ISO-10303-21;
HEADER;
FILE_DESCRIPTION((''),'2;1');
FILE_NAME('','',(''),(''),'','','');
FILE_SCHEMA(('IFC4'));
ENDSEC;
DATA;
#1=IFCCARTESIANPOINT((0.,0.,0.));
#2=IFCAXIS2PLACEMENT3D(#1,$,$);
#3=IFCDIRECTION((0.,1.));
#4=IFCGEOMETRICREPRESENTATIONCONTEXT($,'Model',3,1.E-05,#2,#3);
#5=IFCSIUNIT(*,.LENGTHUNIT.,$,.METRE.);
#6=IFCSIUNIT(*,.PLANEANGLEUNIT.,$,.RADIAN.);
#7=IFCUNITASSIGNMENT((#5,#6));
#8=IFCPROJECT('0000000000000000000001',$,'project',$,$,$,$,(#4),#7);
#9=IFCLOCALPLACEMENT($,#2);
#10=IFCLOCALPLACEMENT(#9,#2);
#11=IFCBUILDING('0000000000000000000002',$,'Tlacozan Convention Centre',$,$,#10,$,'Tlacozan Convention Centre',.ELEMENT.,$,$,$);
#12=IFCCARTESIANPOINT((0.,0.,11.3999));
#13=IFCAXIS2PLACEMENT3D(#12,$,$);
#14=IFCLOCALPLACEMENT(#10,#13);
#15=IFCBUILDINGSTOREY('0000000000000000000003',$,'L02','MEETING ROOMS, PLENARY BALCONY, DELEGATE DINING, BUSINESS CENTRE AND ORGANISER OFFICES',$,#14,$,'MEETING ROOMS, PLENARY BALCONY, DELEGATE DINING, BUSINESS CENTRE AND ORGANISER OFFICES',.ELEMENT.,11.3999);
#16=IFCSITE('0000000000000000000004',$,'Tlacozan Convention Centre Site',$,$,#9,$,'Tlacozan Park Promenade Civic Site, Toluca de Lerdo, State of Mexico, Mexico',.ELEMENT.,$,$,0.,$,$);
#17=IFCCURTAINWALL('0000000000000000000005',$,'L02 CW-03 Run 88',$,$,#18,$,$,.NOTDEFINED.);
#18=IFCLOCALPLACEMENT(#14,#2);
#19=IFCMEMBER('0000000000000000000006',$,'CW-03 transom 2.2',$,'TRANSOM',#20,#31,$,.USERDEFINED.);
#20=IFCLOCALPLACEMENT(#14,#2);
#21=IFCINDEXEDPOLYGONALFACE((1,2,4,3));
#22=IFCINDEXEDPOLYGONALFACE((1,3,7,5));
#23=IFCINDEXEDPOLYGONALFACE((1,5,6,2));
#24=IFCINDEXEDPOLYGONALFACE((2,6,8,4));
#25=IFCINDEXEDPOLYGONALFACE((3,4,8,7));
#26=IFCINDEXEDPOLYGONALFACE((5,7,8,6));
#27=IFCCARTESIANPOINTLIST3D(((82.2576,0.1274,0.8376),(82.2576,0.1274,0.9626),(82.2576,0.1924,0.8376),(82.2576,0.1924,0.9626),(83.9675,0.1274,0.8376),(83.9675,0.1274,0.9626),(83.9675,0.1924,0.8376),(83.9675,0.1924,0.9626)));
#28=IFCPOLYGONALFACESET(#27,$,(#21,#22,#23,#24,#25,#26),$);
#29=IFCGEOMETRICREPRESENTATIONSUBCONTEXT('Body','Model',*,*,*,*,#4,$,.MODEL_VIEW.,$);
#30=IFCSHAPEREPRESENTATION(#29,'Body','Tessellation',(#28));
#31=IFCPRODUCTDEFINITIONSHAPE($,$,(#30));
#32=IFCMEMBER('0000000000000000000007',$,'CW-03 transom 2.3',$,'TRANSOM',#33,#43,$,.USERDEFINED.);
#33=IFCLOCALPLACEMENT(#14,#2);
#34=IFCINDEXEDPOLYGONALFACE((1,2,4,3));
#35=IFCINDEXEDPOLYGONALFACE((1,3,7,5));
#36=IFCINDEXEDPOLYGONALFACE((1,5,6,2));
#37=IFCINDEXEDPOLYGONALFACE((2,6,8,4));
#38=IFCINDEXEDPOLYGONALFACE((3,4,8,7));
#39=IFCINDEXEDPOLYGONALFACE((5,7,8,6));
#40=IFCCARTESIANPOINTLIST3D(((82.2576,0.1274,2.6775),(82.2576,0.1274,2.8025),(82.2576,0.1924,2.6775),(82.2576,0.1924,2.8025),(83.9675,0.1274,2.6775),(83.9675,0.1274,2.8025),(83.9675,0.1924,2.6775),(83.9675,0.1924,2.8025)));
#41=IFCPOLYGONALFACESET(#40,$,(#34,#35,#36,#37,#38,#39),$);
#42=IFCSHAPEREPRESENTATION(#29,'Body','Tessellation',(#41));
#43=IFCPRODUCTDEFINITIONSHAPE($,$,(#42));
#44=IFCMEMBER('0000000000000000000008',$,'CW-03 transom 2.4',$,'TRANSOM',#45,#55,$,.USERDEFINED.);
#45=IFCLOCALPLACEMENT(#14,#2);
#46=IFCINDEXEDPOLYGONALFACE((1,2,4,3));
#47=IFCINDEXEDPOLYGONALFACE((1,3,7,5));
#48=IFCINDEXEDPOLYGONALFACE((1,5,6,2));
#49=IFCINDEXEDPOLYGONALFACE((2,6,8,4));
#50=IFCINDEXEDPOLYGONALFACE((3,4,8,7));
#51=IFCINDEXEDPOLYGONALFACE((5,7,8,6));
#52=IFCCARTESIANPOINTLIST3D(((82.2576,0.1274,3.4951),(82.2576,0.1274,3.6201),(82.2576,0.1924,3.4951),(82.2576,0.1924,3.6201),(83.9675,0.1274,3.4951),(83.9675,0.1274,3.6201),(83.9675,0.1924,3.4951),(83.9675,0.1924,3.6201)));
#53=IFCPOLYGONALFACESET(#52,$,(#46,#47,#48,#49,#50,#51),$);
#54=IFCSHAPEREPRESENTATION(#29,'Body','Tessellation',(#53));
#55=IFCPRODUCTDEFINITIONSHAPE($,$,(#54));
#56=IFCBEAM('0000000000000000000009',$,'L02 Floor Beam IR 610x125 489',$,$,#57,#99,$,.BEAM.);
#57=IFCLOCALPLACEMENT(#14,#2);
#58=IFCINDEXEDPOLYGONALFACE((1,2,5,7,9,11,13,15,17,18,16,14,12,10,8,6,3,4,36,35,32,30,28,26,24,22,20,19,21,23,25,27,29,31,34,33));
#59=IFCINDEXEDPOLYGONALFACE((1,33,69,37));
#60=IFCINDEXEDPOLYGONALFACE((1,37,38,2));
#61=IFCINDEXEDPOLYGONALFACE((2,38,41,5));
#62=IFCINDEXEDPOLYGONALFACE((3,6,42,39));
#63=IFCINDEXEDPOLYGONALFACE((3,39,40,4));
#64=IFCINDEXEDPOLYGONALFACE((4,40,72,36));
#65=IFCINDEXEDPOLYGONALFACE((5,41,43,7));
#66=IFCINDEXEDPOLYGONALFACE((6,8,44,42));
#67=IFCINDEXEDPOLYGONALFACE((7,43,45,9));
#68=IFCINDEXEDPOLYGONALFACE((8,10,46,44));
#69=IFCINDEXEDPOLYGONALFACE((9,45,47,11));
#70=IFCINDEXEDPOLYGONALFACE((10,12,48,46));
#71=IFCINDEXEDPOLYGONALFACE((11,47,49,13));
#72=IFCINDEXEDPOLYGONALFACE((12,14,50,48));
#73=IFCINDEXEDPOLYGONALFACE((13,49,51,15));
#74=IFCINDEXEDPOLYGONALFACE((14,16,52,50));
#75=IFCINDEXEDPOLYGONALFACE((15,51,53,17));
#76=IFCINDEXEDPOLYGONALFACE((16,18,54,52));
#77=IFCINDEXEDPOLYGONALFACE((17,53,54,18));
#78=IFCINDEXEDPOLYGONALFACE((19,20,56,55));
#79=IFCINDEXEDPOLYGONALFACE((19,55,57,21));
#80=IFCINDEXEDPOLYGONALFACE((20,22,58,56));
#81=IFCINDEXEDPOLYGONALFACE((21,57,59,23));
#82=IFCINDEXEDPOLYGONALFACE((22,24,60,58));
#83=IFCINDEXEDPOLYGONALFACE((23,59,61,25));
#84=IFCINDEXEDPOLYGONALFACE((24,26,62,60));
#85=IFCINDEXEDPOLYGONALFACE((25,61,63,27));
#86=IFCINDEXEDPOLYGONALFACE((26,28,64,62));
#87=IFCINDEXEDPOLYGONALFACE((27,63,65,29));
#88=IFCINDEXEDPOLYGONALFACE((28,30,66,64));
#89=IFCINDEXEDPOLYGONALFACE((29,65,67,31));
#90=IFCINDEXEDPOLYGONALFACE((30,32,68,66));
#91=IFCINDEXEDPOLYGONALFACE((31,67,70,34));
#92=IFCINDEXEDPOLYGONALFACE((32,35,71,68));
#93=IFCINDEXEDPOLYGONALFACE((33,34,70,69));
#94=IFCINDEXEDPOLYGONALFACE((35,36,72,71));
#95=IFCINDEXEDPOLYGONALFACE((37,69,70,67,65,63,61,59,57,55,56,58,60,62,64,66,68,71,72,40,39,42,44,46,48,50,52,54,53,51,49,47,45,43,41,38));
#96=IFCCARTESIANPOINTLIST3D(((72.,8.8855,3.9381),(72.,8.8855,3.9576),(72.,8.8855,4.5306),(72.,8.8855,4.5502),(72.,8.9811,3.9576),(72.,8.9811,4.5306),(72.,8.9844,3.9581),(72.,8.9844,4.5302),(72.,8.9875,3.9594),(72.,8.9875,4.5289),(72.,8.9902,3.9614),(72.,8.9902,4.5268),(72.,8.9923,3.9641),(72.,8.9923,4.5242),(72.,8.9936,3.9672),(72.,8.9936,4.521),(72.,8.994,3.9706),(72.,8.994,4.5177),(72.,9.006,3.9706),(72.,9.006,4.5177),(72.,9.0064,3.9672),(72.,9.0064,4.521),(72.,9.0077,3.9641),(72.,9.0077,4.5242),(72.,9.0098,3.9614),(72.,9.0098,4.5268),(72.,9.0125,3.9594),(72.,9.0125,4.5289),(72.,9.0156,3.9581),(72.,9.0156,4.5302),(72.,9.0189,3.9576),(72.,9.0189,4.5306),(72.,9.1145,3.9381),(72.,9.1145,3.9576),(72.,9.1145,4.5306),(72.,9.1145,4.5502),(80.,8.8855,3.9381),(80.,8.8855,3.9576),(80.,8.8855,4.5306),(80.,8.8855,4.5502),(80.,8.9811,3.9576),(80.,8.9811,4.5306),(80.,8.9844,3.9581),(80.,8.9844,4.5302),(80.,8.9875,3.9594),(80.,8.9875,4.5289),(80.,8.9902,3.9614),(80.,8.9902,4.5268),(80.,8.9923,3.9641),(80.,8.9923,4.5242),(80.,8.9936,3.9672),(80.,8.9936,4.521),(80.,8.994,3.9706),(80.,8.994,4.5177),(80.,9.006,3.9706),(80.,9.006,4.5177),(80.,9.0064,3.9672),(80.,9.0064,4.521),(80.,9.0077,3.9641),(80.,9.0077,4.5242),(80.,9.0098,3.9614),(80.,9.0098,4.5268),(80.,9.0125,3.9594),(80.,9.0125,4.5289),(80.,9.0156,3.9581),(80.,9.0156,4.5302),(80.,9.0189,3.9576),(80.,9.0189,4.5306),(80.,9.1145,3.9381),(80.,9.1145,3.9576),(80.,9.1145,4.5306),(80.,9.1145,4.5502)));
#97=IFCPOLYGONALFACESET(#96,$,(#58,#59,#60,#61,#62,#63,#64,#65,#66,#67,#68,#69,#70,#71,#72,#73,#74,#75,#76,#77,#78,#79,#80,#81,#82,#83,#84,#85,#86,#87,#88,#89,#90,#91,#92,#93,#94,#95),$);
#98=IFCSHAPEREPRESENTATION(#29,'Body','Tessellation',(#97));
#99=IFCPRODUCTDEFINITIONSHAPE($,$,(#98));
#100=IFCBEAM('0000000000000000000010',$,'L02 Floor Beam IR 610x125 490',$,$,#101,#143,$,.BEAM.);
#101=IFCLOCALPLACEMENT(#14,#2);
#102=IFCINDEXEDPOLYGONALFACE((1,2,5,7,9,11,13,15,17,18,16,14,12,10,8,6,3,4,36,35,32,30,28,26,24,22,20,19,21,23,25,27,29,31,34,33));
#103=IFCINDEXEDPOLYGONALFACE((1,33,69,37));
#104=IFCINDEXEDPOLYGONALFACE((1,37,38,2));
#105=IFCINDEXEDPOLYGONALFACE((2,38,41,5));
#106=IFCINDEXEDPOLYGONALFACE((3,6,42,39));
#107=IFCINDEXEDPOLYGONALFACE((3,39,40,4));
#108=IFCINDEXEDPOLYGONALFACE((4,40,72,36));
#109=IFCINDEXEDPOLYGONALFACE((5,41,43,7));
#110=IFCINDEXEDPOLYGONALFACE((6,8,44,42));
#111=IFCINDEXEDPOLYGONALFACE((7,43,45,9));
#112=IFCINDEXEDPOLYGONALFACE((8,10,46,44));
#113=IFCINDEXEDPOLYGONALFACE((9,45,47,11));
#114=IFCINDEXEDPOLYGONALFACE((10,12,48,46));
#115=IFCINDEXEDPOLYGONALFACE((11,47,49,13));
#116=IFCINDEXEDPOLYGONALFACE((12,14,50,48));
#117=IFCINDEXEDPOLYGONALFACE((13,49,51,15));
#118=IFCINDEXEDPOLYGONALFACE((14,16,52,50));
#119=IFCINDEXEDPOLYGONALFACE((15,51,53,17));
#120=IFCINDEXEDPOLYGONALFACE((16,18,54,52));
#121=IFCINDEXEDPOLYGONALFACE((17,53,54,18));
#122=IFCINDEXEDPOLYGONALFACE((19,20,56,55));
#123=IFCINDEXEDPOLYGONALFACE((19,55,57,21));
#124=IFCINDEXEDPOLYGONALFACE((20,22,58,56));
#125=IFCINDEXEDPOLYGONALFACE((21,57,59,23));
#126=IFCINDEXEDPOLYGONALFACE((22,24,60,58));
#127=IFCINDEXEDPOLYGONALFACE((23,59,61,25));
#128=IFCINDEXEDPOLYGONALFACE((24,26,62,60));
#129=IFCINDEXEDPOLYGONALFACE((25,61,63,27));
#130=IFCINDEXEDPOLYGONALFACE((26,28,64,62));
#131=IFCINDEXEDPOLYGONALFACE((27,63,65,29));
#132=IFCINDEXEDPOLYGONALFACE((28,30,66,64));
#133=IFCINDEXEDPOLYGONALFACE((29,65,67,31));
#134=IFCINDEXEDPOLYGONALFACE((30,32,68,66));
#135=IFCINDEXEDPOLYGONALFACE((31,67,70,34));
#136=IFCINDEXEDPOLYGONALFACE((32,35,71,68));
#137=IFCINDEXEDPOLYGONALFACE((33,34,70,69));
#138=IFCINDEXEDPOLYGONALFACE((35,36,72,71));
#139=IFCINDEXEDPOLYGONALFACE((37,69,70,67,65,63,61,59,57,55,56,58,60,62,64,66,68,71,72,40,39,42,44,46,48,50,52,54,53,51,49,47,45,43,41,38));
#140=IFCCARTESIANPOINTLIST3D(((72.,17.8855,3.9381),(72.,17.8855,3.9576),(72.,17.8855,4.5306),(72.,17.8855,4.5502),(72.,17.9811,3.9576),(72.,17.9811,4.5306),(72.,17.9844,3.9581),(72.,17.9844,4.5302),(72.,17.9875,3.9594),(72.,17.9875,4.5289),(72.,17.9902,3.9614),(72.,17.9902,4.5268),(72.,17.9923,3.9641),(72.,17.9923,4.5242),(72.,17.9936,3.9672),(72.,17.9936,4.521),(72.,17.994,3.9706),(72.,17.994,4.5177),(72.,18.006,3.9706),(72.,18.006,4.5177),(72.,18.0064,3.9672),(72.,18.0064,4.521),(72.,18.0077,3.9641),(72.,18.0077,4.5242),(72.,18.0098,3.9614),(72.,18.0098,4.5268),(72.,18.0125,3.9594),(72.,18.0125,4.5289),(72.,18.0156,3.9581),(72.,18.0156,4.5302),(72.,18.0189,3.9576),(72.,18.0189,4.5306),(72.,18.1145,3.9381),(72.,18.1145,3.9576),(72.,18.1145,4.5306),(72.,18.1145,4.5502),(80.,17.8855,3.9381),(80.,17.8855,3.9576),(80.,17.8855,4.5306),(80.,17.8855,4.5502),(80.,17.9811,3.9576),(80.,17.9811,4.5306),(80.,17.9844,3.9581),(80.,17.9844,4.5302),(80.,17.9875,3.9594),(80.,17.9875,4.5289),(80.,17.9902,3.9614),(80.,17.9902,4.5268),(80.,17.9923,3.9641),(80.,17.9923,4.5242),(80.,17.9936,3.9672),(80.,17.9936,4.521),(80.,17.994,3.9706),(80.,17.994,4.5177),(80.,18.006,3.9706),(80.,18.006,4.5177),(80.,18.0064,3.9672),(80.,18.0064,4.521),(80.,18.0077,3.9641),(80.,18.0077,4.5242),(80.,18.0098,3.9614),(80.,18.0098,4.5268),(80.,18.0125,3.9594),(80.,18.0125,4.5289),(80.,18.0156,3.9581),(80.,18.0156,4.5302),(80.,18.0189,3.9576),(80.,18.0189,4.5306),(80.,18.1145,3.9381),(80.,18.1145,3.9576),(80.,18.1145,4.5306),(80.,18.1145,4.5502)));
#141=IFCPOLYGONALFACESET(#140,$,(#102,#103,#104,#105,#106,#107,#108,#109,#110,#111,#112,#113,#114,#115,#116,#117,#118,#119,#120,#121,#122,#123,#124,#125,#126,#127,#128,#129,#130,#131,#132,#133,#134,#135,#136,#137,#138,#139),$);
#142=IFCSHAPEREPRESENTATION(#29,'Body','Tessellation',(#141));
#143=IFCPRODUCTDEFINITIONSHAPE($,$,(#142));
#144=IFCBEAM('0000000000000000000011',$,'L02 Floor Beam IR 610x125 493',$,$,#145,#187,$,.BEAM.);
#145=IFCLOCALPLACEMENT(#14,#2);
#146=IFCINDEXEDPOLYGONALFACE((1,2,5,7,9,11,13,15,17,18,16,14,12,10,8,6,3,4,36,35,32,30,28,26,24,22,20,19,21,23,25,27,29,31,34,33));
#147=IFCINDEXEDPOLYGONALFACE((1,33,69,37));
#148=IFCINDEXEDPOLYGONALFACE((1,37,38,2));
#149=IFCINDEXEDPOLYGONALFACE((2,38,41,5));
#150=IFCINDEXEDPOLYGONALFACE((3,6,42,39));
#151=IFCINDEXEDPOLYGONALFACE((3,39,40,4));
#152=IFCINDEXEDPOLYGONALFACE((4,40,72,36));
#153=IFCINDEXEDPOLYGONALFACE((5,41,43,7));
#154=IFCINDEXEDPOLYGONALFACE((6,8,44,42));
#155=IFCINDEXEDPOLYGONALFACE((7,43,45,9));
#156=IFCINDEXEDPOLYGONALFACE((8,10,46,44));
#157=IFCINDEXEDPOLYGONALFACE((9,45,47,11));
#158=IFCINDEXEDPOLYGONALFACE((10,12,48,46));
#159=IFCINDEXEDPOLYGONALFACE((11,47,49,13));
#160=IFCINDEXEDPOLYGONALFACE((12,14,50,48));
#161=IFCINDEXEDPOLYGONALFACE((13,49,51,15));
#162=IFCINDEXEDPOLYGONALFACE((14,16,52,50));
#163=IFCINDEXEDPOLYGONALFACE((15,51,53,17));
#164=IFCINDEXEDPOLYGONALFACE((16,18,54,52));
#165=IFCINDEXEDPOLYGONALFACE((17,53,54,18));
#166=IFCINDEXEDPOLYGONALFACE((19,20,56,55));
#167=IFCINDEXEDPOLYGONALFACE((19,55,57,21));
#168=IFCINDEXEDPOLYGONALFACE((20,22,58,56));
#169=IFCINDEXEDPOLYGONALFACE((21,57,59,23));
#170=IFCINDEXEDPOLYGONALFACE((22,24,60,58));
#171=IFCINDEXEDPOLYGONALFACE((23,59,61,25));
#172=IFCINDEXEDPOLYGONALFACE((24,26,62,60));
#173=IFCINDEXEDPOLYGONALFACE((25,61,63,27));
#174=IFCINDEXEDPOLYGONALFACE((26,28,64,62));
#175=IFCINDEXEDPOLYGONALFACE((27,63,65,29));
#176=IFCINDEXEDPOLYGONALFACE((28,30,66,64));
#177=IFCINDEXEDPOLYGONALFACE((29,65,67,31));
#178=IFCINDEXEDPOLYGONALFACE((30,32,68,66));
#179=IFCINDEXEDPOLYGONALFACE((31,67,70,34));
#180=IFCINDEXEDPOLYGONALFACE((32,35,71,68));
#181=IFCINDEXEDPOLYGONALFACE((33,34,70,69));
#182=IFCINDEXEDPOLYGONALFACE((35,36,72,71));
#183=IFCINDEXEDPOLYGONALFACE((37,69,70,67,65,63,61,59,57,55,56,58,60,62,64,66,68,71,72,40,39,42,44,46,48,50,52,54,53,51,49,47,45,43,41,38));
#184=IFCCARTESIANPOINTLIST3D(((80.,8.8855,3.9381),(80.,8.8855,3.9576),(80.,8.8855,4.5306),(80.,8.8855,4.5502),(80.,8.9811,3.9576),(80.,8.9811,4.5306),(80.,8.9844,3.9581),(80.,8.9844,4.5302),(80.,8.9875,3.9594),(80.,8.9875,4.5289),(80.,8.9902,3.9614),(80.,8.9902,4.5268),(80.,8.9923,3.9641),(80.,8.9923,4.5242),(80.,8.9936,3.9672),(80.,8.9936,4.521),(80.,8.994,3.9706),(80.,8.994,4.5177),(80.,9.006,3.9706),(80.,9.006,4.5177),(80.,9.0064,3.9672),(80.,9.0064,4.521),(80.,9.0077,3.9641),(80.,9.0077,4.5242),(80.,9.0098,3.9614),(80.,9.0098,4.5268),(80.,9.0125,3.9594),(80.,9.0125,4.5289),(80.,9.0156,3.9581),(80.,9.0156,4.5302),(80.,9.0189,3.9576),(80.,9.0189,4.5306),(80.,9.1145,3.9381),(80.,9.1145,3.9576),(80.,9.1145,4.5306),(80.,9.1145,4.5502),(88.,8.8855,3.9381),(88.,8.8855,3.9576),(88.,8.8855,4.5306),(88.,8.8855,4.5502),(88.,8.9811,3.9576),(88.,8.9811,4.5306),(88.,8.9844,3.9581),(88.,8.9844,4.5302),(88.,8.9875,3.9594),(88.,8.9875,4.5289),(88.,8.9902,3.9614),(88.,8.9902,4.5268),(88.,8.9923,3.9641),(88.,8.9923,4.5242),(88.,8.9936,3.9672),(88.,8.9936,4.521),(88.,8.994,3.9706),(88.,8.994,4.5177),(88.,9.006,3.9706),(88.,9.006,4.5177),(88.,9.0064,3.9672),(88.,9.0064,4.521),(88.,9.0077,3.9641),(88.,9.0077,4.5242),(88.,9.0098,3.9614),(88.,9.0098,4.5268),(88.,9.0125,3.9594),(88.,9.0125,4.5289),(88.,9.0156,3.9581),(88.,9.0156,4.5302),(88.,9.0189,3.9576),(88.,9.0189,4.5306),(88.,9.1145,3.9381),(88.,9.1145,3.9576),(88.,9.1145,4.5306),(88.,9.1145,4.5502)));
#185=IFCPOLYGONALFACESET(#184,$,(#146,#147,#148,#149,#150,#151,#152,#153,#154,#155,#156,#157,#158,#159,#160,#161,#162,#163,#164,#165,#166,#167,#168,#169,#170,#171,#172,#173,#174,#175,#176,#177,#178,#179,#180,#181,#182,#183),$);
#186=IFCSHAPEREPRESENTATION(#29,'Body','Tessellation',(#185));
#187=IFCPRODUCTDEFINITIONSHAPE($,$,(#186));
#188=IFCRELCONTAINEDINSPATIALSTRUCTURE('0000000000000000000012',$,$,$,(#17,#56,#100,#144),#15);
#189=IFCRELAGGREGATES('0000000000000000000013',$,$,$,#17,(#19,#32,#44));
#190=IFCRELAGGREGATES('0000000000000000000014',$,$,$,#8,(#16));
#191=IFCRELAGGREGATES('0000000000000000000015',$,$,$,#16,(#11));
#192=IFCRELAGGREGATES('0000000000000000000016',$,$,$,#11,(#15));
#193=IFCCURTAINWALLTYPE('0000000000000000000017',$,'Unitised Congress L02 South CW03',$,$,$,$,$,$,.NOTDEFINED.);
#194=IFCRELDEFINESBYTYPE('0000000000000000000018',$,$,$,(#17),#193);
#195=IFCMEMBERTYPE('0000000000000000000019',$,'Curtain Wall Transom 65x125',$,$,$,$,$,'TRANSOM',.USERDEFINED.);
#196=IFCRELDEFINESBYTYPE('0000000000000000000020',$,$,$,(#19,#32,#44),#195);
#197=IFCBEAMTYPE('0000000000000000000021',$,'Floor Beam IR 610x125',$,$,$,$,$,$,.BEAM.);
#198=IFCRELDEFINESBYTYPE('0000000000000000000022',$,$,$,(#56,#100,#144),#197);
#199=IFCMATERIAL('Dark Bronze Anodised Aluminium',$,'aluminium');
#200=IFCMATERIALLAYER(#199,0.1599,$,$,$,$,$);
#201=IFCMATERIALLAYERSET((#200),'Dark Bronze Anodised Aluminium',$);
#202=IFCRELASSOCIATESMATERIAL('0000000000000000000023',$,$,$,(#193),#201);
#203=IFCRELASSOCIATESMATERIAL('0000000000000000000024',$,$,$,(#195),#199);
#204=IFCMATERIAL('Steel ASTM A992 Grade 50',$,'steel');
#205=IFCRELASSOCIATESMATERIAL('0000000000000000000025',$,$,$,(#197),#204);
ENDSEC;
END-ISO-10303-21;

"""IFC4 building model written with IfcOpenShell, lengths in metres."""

from ifc_helpers import new_model, si_unit, direction, frame, origin, origin_2d, place, context, subcontext, project, spatial, rectangle, i_section, extrude, material, layer, layer_set, material_profile, profile_set, type_object, element, aggregate, save


model = new_model("IFC4")

# Units and contexts
model_context = context("Model", 3, precision=1e-05, world=origin(), true_north=direction((0.0, 1.0)))
body_context = subcontext(model_context, "Body", "Model", "MODEL_VIEW")
ifc_project = project(units=[si_unit("LENGTHUNIT", "METRE"), si_unit("PLANEANGLEUNIT", "RADIAN")], contexts=[model_context])

# Site, building, storey
site_placement = place(None, origin())
site = spatial("IfcSite", under=ifc_project, at=site_placement, Name="Tlacozan Convention Centre Site", LongName="Tlacozan Park Promenade Civic Site, Toluca de Lerdo, State of Mexico, Mexico", CompositionType="ELEMENT", RefElevation=0.0)
building_placement = place(site_placement, origin())
building = spatial("IfcBuilding", under=site, at=building_placement, Name="Tlacozan Convention Centre", LongName="Tlacozan Convention Centre", CompositionType="ELEMENT")
storey_placement = place(building_placement, frame((0.0, 0.0, 11.3999)))
storey = spatial("IfcBuildingStorey", under=building, at=storey_placement, Name="L02", Description="MEETING ROOMS, PLENARY BALCONY, DELEGATE DINING, BUSINESS CENTRE AND ORGANISER OFFICES", LongName="MEETING ROOMS, PLENARY BALCONY, DELEGATE DINING, BUSINESS CENTRE AND ORGANISER OFFICES", CompositionType="ELEMENT", Elevation=11.3999)

# Curtain wall, members
ifc_material_1 = material(Name="Dark Bronze Anodised Aluminium", Category="aluminium")
ifc_layer_1 = layer(ifc_material_1, 0.1599)
ifc_layer_set_1 = layer_set([ifc_layer_1], Name="Dark Bronze Anodised Aluminium")
curtain_wall_type = type_object("IfcCurtainWallType", Name="Unitised Congress L02 South CW03", PredefinedType="NOTDEFINED", material=ifc_layer_set_1)
curtain_wall_placement = place(storey_placement, origin())
curtain_wall = element("IfcCurtainWall", 1, at=curtain_wall_placement, inside=storey, type_object=curtain_wall_type, Name="L02 CW-03 Run 88", PredefinedType="NOTDEFINED")
ifc_material_profile_1 = material_profile(ifc_material_1, rectangle(XDim=0.0649, YDim=0.125, at=origin_2d()), Name="ALU 65x125")
ifc_profile_set_1 = profile_set([ifc_material_profile_1], Name="Dark Bronze Anodised Aluminium")
member_type_1 = type_object("IfcMemberType", Name="Curtain Wall Transom 65x125", ElementType="TRANSOM", PredefinedType="USERDEFINED", material=ifc_profile_set_1)
member_1_placement = place(storey_placement, frame((82.2576, 0.1599, 0.9001), z_axis=(1.0, 0.0, 0.0), x_axis=(0.0, 1.0, 0.0)))
member_1 = element("IfcMember", 2, at=member_1_placement, type_object=member_type_1, Name="CW-03 transom 2.2", ObjectType="TRANSOM", PredefinedType="USERDEFINED", context=body_context, shape_type="SweptSolid", body=[
    extrude(rectangle(XDim=0.0649, YDim=0.125, at=origin_2d()), origin(), (0.0, 0.0, 1.0), 1.71),
])
member_2_placement = place(storey_placement, frame((82.2576, 0.1599, 2.74), z_axis=(1.0, 0.0, 0.0), x_axis=(0.0, 1.0, 0.0)))
member_2 = element("IfcMember", 3, at=member_2_placement, type_object=member_type_1, Name="CW-03 transom 2.3", ObjectType="TRANSOM", PredefinedType="USERDEFINED", context=body_context, shape_type="SweptSolid", body=[
    extrude(rectangle(XDim=0.0649, YDim=0.125, at=origin_2d()), origin(), (0.0, 0.0, 1.0), 1.71),
])
member_3_placement = place(storey_placement, frame((82.2576, 0.1599, 3.5576), z_axis=(1.0, 0.0, 0.0), x_axis=(0.0, 1.0, 0.0)))
member_3 = element("IfcMember", 4, at=member_3_placement, type_object=member_type_1, Name="CW-03 transom 2.4", ObjectType="TRANSOM", PredefinedType="USERDEFINED", context=body_context, shape_type="SweptSolid", body=[
    extrude(rectangle(XDim=0.0649, YDim=0.125, at=origin_2d()), origin(), (0.0, 0.0, 1.0), 1.71),
])

# Beams
ifc_material_2 = material(Name="Steel ASTM A992 Grade 50", Category="steel")
ifc_material_profile_2 = material_profile(ifc_material_2, i_section(OverallWidth=0.229, OverallDepth=0.6121, WebThickness=0.012, FlangeThickness=0.0195, FilletRadius=0.0129, at=origin_2d()), Name="IR 610x125.0")
ifc_profile_set_2 = profile_set([ifc_material_profile_2], Name="Steel ASTM A992 Grade 50")
beam_type_1 = type_object("IfcBeamType", Name="Floor Beam IR 610x125", PredefinedType="BEAM", material=ifc_profile_set_2)
for number, where, z_axis, x_axis, name in (
    (5, (72.0, 9.0, 4.2441), (1.0, 0.0, 0.0), (0.0, 1.0, 0.0), "L02 Floor Beam IR 610x125 489"),
    (6, (72.0, 18.0, 4.2441), (1.0, 0.0, 0.0), (0.0, 1.0, 0.0), "L02 Floor Beam IR 610x125 490"),
    (7, (80.0, 9.0, 4.2441), (1.0, 0.0, 0.0), (0.0, 1.0, 0.0), "L02 Floor Beam IR 610x125 493"),
):
    element("IfcBeam", number, at=place(storey_placement, frame(where, z_axis=z_axis, x_axis=x_axis)), inside=storey, type_object=beam_type_1, Name=name, PredefinedType="BEAM", context=body_context, shape_type="SweptSolid", body=[
        extrude(i_section(OverallWidth=0.229, OverallDepth=0.6121, WebThickness=0.012, FlangeThickness=0.0195, FilletRadius=0.0129, at=origin_2d()), origin(), (0.0, 0.0, 1.0), 8.0),
    ])

aggregate(curtain_wall, [member_1, member_2, member_3])

save(model, "model.ifc")
